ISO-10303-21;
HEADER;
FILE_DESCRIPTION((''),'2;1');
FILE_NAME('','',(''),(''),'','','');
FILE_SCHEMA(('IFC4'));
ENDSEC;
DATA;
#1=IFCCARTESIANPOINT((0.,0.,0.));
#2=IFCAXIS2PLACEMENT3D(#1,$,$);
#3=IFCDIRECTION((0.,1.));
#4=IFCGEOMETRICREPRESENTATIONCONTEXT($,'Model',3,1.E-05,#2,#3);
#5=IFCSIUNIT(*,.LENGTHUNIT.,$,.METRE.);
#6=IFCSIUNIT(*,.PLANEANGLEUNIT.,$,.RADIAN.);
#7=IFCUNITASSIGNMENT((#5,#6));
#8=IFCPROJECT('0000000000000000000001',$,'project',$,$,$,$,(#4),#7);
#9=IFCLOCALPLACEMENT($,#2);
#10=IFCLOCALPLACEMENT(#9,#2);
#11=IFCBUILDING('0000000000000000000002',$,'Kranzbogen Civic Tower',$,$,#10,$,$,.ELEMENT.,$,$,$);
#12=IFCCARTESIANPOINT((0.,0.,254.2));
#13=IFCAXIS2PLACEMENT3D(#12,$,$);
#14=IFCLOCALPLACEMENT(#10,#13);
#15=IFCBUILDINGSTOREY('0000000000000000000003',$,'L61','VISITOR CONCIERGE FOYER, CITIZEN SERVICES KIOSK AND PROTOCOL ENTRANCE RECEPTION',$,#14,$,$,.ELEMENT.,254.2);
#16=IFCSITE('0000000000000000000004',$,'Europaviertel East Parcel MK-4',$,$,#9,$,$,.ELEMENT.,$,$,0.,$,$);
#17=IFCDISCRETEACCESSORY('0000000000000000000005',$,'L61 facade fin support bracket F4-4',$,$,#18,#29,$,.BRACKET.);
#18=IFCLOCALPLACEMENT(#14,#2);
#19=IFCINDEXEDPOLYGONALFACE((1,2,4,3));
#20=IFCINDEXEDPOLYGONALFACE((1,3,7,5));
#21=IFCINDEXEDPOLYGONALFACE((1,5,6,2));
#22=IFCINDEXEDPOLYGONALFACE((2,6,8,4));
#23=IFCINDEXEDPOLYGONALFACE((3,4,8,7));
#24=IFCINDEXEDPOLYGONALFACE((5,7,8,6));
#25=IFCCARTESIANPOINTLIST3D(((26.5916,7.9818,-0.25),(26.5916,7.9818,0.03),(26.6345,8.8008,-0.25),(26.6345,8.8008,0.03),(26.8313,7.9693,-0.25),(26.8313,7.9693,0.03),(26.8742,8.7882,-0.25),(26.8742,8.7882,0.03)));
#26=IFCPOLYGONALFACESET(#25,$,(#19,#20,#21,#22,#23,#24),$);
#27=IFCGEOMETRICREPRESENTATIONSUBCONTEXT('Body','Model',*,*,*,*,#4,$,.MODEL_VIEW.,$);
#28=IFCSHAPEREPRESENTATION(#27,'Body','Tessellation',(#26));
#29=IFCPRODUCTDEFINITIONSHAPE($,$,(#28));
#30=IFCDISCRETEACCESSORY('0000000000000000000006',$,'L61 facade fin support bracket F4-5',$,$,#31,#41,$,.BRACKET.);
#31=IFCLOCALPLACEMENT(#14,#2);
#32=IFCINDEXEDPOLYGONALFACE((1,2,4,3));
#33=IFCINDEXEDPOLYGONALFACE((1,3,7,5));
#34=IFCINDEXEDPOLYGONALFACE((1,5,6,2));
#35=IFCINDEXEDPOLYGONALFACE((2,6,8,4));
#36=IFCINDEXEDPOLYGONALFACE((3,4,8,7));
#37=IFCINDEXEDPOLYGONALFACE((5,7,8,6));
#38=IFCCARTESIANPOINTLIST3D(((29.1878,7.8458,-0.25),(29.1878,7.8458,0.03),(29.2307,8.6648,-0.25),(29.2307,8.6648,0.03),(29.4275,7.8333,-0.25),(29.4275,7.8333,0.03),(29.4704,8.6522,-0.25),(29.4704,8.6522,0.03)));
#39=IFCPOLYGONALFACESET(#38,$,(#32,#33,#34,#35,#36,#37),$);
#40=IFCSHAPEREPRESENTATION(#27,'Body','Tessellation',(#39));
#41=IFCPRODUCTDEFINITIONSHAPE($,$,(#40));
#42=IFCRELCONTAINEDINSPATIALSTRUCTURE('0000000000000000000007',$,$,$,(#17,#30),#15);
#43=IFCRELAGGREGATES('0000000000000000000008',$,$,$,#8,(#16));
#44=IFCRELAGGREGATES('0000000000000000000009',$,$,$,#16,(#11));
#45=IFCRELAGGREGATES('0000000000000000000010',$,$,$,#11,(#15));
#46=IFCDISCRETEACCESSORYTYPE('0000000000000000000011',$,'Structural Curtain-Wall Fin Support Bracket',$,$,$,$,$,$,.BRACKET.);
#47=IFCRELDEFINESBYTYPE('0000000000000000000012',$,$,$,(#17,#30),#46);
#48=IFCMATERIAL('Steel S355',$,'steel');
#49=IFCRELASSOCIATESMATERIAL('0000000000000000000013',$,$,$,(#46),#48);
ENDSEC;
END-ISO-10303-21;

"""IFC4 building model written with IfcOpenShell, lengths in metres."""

from ifc_helpers import new_model, si_unit, direction, frame, origin, origin_2d, place, context, subcontext, project, spatial, rectangle, extrude, material, type_object, element, save


model = new_model("IFC4")

# Units and contexts
model_context = context("Model", 3, precision=1e-05, world=origin(), true_north=direction((0.0, 1.0)))
body_context = subcontext(model_context, "Body", "Model", "MODEL_VIEW")
ifc_project = project(units=[si_unit("LENGTHUNIT", "METRE"), si_unit("PLANEANGLEUNIT", "RADIAN")], contexts=[model_context])

# Site, building, storey
site_placement = place(None, origin())
site = spatial("IfcSite", under=ifc_project, at=site_placement, Name="Europaviertel East Parcel MK-4", CompositionType="ELEMENT", RefElevation=0.0)
building_placement = place(site_placement, origin())
building = spatial("IfcBuilding", under=site, at=building_placement, Name="Kranzbogen Civic Tower", CompositionType="ELEMENT")
storey_placement = place(building_placement, frame((0.0, 0.0, 254.2)))
storey = spatial("IfcBuildingStorey", under=building, at=storey_placement, Name="L61", Description="VISITOR CONCIERGE FOYER, CITIZEN SERVICES KIOSK AND PROTOCOL ENTRANCE RECEPTION", CompositionType="ELEMENT", Elevation=254.2)

# Shared definitions
ifc_material_1 = material(Name="Steel S355", Category="steel")

# Discrete accessories
discrete_accessory_type = type_object("IfcDiscreteAccessoryType", Name="Structural Curtain-Wall Fin Support Bracket", PredefinedType="BRACKET", material=ifc_material_1)
for number, where, z_axis, x_axis, name in (
    (1, (26.7329, 8.385, -0.25), (0.0, 0.0, 1.0), (-0.052336, -0.99863, 0.0), "L61 facade fin support bracket F4-4"),
    (2, (29.3291, 8.249, -0.25), (0.0, 0.0, 1.0), (-0.052336, -0.99863, 0.0), "L61 facade fin support bracket F4-5"),
):
    element("IfcDiscreteAccessory", number, at=place(storey_placement, frame(where, z_axis=z_axis, x_axis=x_axis)), inside=storey, type_object=discrete_accessory_type, Name=name, PredefinedType="BRACKET", context=body_context, shape_type="SweptSolid", body=[
        extrude(rectangle(XDim=0.8201, YDim=0.24, at=origin_2d()), origin(), (0.0, 0.0, 1.0), 0.28),
    ])

save(model, "model.ifc")
